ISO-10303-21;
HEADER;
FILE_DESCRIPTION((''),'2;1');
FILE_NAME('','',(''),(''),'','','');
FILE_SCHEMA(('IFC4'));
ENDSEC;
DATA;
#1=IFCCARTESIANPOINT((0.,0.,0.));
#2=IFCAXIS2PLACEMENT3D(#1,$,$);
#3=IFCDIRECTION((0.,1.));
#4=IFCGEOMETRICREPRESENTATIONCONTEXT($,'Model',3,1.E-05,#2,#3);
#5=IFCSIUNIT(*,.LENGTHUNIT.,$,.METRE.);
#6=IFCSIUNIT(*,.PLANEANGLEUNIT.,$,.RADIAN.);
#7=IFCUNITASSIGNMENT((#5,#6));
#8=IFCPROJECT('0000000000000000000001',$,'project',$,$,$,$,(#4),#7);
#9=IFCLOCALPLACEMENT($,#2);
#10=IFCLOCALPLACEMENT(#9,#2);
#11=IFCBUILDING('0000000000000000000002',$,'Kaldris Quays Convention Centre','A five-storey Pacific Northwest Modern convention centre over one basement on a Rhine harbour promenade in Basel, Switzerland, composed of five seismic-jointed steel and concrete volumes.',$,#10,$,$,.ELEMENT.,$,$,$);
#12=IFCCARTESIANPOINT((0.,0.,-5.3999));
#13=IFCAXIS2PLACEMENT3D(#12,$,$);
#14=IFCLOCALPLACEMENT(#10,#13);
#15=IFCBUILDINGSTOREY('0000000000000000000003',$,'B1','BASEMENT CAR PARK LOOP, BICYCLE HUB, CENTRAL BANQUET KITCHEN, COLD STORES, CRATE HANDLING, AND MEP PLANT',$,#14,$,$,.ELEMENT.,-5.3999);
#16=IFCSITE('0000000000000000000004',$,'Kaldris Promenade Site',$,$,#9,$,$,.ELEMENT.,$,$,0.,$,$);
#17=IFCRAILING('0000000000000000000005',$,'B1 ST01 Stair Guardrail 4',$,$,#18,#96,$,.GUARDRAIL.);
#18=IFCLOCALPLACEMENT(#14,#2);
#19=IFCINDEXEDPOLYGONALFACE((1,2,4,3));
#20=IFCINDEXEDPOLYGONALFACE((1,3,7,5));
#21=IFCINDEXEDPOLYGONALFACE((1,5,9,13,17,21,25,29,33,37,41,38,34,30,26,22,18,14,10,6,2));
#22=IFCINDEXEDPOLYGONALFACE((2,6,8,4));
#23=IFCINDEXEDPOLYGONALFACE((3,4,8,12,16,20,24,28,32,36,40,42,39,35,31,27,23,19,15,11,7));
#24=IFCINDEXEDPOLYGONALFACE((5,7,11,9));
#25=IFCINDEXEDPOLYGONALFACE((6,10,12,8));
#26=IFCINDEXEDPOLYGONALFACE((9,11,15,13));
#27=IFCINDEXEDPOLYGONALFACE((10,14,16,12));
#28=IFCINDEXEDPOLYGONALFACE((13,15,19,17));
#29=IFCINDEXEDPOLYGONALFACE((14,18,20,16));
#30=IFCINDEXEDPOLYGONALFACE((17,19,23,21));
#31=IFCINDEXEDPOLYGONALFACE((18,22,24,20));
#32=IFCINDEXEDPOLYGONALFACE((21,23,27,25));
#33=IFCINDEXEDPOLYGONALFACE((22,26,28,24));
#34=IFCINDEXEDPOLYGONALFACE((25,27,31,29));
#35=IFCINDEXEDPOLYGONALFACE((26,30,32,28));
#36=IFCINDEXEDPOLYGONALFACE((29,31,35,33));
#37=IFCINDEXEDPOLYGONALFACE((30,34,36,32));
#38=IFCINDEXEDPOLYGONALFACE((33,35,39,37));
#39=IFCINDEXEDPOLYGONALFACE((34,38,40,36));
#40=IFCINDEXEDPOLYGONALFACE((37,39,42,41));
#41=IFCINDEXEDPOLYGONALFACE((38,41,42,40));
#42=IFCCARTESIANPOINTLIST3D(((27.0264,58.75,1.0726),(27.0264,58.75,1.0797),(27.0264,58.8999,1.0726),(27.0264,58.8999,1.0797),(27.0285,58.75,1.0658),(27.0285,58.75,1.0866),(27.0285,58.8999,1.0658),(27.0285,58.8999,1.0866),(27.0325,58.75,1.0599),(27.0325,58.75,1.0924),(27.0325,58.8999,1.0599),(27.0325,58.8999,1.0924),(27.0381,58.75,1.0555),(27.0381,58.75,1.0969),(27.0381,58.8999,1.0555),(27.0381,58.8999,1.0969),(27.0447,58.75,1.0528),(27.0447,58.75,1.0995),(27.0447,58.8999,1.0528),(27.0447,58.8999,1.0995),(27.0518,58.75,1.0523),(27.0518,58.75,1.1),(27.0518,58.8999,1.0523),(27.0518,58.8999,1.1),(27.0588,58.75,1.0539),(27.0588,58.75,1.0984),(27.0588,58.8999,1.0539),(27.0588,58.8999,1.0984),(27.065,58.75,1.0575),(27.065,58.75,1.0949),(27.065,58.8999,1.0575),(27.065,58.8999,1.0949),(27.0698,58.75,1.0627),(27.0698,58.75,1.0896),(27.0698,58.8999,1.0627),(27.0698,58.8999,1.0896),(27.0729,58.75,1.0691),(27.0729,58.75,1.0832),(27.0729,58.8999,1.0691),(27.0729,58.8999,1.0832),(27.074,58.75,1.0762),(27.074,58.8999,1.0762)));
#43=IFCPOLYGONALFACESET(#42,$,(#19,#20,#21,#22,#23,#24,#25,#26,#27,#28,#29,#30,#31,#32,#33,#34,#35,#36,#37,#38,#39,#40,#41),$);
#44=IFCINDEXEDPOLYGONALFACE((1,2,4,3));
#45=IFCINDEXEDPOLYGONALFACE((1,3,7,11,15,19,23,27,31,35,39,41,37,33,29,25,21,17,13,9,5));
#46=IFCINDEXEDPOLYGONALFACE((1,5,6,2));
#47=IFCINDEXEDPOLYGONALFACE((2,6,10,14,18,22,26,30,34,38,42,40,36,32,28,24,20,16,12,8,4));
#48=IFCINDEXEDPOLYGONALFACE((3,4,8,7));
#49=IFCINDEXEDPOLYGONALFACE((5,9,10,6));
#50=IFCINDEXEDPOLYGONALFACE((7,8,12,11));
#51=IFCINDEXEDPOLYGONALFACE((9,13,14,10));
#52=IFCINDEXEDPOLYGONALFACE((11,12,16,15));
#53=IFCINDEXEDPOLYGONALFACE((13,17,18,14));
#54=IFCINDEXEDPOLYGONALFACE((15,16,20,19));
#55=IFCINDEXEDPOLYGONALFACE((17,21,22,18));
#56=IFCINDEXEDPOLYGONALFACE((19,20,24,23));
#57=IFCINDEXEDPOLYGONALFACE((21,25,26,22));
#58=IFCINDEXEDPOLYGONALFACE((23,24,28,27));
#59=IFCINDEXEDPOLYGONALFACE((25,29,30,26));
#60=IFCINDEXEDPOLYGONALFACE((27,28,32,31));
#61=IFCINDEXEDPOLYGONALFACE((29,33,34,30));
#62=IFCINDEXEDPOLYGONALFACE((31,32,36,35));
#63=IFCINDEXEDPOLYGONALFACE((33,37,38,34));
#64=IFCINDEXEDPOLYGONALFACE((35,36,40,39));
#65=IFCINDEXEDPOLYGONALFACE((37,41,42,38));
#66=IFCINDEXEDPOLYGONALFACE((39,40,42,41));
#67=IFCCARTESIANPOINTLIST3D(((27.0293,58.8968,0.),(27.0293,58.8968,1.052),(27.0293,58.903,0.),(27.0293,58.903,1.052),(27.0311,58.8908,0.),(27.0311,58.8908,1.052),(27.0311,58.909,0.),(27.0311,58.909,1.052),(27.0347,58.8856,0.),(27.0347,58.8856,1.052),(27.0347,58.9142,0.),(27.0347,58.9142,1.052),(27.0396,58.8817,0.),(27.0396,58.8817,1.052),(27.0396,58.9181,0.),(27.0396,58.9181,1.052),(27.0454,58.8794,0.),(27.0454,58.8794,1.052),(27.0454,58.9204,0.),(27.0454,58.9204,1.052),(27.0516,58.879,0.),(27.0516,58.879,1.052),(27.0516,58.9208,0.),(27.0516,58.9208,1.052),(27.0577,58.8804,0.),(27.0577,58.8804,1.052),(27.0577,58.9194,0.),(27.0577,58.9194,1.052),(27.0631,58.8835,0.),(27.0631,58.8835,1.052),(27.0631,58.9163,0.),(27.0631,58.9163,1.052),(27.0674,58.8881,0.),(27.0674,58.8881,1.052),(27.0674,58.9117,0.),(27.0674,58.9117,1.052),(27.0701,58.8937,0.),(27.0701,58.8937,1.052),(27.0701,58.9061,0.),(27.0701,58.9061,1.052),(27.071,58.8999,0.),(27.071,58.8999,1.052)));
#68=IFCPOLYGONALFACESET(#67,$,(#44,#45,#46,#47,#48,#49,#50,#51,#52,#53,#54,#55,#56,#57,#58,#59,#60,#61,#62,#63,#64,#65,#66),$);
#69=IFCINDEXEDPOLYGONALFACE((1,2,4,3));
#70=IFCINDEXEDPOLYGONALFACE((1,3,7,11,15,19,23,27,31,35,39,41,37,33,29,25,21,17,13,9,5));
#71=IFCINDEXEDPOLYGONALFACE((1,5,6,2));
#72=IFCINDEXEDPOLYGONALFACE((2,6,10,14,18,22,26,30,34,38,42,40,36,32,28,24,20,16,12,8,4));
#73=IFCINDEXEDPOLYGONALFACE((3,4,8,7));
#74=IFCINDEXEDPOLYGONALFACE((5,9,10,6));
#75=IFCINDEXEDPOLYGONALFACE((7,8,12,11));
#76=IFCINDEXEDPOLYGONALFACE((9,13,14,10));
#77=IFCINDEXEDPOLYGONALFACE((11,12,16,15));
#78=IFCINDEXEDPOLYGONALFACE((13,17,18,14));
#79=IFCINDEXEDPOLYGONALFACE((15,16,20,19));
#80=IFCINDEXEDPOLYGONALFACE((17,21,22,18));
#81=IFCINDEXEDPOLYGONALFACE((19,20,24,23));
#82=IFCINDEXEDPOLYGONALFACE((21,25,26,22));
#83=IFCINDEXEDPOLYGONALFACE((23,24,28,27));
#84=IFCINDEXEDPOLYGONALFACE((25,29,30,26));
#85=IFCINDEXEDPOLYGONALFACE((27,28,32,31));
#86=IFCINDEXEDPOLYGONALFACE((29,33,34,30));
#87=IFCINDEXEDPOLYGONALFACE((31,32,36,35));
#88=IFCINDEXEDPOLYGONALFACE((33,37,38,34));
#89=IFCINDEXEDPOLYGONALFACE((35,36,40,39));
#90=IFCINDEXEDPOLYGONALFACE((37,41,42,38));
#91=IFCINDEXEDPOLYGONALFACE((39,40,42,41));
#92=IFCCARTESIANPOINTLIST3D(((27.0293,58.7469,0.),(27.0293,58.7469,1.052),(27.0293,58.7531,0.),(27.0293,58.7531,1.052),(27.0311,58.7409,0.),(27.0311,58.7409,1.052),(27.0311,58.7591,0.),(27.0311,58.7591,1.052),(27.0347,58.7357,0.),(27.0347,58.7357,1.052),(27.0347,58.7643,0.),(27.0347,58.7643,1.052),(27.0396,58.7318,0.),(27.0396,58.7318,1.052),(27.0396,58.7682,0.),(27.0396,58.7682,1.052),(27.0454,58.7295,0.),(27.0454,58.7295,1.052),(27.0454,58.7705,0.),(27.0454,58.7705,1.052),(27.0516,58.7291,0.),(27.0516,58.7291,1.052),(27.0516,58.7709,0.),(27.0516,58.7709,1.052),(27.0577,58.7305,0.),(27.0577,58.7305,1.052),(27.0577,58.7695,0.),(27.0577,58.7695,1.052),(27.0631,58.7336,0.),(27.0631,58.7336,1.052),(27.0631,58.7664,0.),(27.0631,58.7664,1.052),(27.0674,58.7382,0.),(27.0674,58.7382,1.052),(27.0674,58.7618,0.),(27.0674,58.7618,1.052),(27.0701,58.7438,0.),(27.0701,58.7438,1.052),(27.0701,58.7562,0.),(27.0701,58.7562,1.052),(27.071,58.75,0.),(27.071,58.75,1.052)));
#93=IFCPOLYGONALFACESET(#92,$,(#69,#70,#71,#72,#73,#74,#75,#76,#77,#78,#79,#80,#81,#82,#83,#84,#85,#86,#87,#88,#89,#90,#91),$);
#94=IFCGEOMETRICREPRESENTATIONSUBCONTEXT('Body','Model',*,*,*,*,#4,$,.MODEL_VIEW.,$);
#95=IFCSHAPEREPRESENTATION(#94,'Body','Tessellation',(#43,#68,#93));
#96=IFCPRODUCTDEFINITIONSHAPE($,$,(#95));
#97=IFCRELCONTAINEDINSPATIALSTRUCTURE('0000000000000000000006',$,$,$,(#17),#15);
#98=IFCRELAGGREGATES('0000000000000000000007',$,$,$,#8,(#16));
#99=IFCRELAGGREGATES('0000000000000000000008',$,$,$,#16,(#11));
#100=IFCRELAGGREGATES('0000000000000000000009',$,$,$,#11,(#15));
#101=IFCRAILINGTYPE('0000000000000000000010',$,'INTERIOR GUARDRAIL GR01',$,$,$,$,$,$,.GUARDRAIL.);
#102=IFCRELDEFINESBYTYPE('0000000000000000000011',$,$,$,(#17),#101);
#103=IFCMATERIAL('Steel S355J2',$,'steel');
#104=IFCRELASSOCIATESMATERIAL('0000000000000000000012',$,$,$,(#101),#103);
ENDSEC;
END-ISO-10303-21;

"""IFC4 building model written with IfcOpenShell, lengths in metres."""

from ifc_helpers import new_model, si_unit, direction, frame, origin, origin_2d, place, context, subcontext, project, spatial, circle, extrude, material, type_object, element, save


model = new_model("IFC4")

# Units and contexts
model_context = context("Model", 3, precision=1e-05, world=origin(), true_north=direction((0.0, 1.0)))
body_context = subcontext(model_context, "Body", "Model", "MODEL_VIEW")
ifc_project = project(units=[si_unit("LENGTHUNIT", "METRE"), si_unit("PLANEANGLEUNIT", "RADIAN")], contexts=[model_context])

# Site, building, storey
site_placement = place(None, origin())
site = spatial("IfcSite", under=ifc_project, at=site_placement, Name="Kaldris Promenade Site", CompositionType="ELEMENT", RefElevation=0.0)
building_placement = place(site_placement, origin())
building = spatial("IfcBuilding", under=site, at=building_placement, Name="Kaldris Quays Convention Centre", Description="A five-storey Pacific Northwest Modern convention centre over one basement on a Rhine harbour promenade in Basel, Switzerland, composed of five seismic-jointed steel and concrete volumes.", CompositionType="ELEMENT")
storey_placement = place(building_placement, frame((0.0, 0.0, -5.3999)))
storey = spatial("IfcBuildingStorey", under=building, at=storey_placement, Name="B1", Description="BASEMENT CAR PARK LOOP, BICYCLE HUB, CENTRAL BANQUET KITCHEN, COLD STORES, CRATE HANDLING, AND MEP PLANT", CompositionType="ELEMENT", Elevation=-5.3999)

# Shared definitions
ifc_material_1 = material(Name="Steel S355J2", Category="steel")

# Railing
railing_type_1 = type_object("IfcRailingType", Name="INTERIOR GUARDRAIL GR01", PredefinedType="GUARDRAIL", material=ifc_material_1)
railing_1_placement = place(storey_placement, frame((27.05, 58.8999, 0.0)))
element("IfcRailing", 1, at=railing_1_placement, inside=storey, type_object=railing_type_1, Name="B1 ST01 Stair Guardrail 4", PredefinedType="GUARDRAIL", context=body_context, shape_type="SweptSolid", body=[
    extrude(circle(Radius=0.0239, at=origin_2d()), frame((0.0, 0.0, 1.0762), z_axis=(0.0, -1.0, 0.0), x_axis=(1.0, 0.0, 0.0)), (0.0, 0.0, 1.0), 0.1499),
    extrude(circle(Radius=0.021, at=origin_2d()), origin(), (0.0, 0.0, 1.0), 1.052),
    extrude(circle(Radius=0.021, at=origin_2d()), frame((0.0, -0.1499, 0.0)), (0.0, 0.0, 1.0), 1.052),
])

save(model, "model.ifc")
